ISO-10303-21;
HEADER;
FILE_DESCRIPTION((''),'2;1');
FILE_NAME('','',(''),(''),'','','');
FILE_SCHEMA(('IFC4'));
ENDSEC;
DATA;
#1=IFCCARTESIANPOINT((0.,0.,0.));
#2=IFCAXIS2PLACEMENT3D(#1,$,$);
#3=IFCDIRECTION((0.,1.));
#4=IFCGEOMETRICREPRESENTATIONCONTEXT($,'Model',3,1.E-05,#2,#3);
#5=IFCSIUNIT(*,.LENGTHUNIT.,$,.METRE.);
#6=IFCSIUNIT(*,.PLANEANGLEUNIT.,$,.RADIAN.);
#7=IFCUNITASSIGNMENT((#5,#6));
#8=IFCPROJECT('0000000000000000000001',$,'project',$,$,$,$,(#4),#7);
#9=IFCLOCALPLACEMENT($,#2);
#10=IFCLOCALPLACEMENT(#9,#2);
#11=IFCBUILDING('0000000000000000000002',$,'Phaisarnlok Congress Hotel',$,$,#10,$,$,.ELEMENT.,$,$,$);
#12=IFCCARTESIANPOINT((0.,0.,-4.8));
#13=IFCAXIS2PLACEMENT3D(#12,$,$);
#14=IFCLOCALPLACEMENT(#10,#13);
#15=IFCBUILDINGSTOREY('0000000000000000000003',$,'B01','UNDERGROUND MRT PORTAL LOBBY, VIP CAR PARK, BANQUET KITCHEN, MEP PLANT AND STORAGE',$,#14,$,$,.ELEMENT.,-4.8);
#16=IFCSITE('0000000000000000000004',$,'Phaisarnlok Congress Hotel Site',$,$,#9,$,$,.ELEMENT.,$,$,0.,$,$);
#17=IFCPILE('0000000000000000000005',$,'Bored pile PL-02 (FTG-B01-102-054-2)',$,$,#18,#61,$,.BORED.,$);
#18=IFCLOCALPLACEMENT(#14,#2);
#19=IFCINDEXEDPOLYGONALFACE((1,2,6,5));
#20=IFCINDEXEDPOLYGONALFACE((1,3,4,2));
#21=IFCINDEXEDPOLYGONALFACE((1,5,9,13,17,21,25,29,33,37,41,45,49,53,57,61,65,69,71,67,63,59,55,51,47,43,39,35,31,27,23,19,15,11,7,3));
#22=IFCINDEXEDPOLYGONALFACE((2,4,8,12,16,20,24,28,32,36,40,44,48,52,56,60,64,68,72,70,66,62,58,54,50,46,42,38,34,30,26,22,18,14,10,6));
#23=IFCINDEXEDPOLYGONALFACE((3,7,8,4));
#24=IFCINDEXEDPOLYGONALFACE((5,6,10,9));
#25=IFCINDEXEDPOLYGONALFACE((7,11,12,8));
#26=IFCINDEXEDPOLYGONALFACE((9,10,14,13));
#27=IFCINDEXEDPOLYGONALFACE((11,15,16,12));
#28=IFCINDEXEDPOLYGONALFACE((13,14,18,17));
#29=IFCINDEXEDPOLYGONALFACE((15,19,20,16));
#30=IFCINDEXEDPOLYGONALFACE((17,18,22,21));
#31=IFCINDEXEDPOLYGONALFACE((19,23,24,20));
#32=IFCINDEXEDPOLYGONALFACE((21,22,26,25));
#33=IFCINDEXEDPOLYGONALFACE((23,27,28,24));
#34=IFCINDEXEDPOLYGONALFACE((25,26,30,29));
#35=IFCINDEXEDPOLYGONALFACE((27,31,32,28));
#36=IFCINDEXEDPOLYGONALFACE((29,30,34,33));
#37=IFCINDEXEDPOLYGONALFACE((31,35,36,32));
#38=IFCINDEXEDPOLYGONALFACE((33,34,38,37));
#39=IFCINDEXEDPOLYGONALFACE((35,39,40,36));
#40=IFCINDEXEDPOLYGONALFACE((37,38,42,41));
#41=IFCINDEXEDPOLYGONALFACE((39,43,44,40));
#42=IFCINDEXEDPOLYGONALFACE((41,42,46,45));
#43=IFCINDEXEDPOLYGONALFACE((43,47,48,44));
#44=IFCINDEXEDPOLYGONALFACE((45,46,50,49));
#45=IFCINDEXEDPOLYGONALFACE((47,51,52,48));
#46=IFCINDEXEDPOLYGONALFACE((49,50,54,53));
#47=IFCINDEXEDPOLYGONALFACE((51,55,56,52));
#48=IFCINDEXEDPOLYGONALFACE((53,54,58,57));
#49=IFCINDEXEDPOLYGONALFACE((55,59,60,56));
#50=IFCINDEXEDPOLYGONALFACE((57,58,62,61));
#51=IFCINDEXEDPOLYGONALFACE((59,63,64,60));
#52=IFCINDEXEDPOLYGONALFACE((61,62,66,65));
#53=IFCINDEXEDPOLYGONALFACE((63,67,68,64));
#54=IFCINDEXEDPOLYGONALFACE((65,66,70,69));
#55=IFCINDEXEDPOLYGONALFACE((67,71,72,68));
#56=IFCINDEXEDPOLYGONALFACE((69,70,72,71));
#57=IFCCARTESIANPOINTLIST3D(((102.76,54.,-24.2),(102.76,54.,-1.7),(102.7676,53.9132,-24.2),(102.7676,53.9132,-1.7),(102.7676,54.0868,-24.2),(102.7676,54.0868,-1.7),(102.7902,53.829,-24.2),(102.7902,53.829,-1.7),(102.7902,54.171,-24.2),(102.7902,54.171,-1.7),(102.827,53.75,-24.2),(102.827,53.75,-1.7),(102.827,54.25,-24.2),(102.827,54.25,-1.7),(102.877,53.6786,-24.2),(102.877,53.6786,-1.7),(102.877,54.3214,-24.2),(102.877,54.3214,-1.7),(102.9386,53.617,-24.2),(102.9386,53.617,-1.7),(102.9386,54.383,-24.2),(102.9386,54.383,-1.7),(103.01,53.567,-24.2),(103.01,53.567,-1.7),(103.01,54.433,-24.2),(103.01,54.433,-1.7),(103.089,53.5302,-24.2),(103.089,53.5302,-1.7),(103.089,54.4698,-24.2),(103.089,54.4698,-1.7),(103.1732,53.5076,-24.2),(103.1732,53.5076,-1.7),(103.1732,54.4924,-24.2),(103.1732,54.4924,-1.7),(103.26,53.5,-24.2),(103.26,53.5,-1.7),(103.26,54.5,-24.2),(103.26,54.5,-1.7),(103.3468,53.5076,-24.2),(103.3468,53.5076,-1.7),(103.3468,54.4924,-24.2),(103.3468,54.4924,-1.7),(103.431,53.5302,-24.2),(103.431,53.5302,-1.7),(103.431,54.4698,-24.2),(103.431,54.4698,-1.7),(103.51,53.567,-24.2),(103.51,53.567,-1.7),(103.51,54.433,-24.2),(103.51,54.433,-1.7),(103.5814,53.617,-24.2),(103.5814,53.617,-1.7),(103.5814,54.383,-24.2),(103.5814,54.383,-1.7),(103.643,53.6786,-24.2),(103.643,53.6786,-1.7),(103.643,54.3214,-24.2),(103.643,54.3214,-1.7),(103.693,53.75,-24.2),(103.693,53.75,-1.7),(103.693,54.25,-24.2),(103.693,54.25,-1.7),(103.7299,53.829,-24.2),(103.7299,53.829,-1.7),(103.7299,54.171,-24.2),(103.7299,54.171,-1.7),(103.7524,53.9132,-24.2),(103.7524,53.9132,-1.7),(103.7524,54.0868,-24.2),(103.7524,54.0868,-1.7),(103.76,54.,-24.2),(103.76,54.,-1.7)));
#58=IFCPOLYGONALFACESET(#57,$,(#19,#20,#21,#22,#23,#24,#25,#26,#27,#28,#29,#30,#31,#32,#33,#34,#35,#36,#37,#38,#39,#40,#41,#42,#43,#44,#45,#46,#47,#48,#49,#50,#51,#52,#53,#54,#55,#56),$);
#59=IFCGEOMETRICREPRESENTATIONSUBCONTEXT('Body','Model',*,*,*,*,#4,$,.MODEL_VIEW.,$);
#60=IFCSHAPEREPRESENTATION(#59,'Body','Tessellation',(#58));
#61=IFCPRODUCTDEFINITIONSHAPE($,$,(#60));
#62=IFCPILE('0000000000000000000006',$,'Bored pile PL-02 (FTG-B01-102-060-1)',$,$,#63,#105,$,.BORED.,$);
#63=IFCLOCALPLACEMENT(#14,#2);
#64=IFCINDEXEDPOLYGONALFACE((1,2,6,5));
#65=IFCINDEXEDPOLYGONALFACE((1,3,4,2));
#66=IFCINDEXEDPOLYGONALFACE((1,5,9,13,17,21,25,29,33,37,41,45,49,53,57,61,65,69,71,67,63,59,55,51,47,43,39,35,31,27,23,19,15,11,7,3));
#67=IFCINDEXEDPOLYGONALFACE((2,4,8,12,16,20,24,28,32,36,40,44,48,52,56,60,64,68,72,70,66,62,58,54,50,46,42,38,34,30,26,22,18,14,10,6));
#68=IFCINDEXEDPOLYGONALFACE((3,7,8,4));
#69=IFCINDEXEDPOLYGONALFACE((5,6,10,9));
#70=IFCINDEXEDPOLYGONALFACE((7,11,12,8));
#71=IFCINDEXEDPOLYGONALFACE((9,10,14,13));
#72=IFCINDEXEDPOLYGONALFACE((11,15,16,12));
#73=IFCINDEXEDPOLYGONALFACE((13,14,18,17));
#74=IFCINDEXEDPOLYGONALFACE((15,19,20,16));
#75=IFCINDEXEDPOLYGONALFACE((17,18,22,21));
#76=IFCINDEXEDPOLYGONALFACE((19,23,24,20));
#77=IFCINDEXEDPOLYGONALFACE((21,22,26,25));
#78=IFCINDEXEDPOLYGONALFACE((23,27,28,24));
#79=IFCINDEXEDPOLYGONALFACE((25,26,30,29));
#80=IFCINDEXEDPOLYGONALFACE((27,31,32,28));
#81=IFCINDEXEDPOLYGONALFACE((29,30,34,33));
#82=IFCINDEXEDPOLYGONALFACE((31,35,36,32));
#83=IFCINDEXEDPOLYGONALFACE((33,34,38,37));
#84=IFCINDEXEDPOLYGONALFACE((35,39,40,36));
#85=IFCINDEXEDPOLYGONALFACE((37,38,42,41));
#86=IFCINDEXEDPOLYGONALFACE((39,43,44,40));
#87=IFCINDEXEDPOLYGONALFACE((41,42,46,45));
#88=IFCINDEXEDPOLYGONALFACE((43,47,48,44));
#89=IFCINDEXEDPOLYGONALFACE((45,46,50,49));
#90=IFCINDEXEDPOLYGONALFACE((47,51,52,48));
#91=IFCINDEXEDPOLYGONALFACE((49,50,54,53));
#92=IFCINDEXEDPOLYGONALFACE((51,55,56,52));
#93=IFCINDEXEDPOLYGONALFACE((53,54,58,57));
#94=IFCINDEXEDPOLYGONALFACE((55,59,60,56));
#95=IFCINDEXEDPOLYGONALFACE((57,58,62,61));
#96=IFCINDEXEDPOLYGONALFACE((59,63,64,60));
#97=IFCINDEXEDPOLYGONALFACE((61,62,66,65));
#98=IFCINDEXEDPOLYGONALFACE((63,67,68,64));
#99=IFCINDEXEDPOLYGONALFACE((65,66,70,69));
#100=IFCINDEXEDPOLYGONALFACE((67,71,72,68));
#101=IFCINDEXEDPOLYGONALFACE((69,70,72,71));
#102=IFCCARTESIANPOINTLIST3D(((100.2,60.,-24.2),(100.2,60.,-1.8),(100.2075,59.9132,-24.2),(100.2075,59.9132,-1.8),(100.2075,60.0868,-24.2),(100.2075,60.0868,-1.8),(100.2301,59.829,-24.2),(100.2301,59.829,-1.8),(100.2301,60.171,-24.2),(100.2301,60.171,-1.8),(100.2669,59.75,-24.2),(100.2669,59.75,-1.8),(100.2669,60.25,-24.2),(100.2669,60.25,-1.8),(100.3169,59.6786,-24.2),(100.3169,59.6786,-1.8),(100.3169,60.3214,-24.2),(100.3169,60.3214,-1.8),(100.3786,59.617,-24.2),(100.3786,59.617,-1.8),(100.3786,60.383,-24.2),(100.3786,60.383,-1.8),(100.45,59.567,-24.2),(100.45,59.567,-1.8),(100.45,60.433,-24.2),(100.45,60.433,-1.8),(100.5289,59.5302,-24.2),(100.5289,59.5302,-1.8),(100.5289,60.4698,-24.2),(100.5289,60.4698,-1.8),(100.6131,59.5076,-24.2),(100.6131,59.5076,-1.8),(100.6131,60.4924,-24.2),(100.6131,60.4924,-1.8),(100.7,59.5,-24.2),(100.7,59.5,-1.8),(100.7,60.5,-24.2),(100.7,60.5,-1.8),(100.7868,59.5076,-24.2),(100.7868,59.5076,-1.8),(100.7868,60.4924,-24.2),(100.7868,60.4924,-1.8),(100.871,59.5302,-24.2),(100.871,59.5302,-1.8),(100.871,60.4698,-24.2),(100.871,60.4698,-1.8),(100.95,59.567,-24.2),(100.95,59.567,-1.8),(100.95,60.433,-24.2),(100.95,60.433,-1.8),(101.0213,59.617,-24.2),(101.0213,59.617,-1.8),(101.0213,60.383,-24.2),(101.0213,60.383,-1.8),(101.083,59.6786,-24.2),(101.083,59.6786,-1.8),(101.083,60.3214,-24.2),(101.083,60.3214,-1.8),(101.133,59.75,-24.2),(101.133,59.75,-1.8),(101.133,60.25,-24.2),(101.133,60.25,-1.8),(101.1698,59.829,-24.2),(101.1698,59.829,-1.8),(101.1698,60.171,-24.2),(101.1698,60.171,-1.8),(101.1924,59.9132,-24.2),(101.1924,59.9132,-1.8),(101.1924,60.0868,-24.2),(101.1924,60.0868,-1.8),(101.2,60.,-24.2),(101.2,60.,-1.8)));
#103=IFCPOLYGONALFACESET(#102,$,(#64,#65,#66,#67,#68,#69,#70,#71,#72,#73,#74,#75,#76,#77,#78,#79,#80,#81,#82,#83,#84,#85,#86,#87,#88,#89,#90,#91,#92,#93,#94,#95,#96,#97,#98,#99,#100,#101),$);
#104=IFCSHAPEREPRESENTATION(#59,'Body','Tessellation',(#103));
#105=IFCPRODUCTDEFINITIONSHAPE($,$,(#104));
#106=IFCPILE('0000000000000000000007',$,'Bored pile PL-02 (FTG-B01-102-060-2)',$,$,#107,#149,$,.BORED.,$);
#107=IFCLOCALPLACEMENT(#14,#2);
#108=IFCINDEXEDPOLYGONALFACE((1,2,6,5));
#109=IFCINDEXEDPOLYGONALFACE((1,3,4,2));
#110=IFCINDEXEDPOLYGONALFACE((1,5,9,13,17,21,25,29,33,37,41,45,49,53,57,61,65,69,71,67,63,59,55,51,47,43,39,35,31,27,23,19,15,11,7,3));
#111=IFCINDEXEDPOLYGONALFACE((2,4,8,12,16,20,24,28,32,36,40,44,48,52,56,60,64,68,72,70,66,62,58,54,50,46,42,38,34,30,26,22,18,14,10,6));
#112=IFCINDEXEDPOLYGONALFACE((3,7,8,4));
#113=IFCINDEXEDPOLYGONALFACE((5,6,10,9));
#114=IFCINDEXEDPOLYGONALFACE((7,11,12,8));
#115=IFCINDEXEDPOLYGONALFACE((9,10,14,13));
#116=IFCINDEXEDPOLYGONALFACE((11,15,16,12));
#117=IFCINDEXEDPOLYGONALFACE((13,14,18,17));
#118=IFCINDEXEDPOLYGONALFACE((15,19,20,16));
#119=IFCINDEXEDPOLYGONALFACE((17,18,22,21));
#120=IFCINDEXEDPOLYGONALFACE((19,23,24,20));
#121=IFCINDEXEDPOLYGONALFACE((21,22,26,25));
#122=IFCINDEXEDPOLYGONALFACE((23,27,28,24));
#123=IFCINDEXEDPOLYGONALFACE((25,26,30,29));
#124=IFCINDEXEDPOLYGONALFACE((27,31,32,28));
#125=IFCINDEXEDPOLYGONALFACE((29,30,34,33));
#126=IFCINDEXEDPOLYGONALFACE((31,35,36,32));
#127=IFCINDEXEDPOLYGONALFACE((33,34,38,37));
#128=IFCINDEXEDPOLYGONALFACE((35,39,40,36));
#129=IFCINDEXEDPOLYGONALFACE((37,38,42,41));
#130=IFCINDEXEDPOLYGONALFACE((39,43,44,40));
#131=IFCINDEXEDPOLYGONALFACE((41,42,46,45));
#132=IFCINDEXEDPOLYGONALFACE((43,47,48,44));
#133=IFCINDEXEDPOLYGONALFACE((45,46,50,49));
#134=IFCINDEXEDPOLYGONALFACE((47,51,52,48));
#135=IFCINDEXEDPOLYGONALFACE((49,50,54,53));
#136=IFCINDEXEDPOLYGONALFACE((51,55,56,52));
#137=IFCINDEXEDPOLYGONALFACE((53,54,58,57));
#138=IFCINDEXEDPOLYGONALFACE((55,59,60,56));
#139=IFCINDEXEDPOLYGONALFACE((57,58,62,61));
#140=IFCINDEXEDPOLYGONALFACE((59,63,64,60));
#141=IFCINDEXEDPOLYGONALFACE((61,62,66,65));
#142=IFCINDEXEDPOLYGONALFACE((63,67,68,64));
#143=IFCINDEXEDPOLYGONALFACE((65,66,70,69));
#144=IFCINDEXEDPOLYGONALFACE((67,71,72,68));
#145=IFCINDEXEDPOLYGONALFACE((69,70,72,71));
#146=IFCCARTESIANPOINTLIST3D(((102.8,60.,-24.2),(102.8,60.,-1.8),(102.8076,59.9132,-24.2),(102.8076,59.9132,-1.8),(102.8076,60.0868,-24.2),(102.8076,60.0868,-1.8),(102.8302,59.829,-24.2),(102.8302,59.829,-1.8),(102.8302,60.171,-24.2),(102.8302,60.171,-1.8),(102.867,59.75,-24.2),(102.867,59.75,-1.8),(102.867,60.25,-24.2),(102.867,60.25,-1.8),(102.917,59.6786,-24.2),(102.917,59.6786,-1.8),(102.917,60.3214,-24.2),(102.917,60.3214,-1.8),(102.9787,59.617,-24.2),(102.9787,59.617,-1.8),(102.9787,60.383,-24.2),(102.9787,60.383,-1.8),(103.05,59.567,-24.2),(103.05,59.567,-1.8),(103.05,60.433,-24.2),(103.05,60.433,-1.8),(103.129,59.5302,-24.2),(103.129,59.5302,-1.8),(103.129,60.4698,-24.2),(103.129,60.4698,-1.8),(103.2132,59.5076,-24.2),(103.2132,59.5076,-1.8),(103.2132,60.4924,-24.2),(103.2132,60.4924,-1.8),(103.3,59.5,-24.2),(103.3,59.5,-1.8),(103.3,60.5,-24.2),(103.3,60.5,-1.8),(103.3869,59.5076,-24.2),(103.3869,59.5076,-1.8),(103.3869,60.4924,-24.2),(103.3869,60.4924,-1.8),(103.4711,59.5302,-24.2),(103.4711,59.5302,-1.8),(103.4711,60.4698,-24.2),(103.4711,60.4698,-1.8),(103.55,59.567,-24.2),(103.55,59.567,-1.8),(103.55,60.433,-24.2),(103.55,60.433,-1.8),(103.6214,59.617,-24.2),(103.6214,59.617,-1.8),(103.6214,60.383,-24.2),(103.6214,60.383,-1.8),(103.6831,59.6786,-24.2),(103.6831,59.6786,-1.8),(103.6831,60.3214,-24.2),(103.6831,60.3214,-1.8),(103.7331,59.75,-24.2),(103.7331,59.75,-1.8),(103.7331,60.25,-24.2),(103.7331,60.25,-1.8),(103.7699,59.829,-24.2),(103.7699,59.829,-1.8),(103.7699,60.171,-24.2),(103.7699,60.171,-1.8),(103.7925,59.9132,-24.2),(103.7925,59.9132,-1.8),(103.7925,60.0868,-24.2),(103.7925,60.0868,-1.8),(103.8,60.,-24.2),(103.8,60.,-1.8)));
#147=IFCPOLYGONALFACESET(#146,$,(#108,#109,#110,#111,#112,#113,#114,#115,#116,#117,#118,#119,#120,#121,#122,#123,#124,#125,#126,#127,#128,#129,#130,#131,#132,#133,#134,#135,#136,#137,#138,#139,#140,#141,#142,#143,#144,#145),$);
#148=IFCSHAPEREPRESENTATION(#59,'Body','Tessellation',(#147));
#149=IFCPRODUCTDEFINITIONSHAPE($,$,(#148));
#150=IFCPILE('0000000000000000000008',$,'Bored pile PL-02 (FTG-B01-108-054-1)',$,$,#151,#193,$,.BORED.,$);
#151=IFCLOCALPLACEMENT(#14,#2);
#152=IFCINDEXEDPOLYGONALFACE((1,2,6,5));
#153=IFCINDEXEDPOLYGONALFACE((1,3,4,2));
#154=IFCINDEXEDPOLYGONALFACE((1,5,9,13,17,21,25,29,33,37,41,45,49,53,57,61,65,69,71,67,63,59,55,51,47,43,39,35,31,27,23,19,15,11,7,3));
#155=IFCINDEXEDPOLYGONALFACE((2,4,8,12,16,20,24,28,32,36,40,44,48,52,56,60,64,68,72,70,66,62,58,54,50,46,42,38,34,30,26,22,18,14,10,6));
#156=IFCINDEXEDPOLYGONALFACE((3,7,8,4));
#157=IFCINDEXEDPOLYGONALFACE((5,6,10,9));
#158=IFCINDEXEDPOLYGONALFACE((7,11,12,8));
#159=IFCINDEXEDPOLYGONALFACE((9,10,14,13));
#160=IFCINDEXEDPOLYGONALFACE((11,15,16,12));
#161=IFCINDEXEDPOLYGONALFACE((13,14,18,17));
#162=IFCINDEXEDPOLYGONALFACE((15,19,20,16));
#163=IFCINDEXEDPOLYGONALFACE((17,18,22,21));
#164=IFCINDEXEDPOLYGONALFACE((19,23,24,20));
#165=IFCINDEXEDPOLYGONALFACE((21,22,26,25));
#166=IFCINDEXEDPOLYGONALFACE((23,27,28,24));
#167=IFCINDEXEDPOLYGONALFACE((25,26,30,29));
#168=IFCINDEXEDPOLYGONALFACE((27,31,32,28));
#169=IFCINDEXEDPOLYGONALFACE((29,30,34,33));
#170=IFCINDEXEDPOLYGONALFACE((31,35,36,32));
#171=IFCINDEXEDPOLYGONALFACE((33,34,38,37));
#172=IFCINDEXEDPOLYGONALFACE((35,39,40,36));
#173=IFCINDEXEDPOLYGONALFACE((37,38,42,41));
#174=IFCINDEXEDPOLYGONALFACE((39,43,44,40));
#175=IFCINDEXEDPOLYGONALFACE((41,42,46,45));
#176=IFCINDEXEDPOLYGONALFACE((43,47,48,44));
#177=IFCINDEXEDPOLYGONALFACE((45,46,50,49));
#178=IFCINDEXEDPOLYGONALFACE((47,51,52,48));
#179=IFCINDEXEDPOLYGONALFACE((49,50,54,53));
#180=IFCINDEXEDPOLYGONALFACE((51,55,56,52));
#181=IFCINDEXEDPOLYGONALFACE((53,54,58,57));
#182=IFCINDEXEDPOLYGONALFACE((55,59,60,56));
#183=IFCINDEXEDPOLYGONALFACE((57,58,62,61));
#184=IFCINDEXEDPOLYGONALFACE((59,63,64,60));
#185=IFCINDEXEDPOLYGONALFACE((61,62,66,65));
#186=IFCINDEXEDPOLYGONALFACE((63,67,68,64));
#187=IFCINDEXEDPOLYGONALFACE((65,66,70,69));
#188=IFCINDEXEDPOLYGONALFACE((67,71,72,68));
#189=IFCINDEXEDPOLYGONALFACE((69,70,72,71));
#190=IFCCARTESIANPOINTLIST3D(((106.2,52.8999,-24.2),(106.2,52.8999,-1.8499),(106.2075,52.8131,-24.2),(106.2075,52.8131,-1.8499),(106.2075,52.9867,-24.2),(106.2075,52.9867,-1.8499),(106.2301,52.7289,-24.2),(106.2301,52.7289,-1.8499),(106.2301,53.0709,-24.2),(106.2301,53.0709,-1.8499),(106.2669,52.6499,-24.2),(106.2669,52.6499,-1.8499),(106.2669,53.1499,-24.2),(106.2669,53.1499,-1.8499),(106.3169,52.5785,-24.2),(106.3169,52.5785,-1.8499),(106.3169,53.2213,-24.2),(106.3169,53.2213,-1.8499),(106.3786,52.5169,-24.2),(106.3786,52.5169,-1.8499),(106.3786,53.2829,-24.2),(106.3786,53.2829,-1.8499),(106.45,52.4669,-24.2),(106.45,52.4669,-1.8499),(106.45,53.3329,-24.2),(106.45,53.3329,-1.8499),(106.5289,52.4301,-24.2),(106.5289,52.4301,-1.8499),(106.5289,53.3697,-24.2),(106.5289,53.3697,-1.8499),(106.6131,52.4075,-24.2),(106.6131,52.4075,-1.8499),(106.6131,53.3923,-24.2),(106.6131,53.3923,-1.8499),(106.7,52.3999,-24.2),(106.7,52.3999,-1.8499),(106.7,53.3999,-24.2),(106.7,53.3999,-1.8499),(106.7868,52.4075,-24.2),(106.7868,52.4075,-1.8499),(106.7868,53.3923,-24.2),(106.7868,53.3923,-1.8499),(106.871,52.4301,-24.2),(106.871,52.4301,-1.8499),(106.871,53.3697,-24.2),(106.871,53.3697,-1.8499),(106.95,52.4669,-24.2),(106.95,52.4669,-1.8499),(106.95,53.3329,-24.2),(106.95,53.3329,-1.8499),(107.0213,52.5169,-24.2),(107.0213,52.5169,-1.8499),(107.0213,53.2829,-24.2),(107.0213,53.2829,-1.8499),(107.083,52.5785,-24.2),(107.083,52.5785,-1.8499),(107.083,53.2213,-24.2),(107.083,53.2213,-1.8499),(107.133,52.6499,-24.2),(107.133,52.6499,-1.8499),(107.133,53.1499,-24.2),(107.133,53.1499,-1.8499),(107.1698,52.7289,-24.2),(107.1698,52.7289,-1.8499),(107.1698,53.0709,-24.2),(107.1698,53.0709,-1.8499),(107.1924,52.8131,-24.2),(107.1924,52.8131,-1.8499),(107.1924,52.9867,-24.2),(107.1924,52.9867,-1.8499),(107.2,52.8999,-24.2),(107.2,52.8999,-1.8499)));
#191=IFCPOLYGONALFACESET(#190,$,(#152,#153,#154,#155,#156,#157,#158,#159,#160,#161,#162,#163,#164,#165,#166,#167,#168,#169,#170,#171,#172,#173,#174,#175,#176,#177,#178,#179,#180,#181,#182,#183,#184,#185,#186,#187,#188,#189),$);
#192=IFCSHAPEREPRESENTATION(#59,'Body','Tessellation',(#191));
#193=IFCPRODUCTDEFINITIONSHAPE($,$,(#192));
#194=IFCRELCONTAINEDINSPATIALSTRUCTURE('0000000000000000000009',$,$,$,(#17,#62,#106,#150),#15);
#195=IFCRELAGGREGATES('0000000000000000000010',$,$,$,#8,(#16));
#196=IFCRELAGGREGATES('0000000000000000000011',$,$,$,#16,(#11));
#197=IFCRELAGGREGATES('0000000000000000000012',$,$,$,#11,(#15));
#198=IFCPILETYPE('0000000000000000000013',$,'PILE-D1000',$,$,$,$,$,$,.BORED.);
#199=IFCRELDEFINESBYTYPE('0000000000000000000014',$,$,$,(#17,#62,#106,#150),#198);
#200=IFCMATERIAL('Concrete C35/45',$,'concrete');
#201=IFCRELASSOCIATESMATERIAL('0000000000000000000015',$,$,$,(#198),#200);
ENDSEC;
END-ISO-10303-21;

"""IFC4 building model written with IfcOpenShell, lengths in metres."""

from ifc_helpers import new_model, si_unit, direction, frame, origin, origin_2d, place, context, subcontext, project, spatial, circle, extrude, material, material_profile, profile_set, type_object, element, save


model = new_model("IFC4")

# Units and contexts
model_context = context("Model", 3, precision=1e-05, world=origin(), true_north=direction((0.0, 1.0)))
body_context = subcontext(model_context, "Body", "Model", "MODEL_VIEW")
ifc_project = project(units=[si_unit("LENGTHUNIT", "METRE"), si_unit("PLANEANGLEUNIT", "RADIAN")], contexts=[model_context])

# Site, building, storey
site_placement = place(None, origin())
site = spatial("IfcSite", under=ifc_project, at=site_placement, Name="Phaisarnlok Congress Hotel Site", CompositionType="ELEMENT", RefElevation=0.0)
building_placement = place(site_placement, origin())
building = spatial("IfcBuilding", under=site, at=building_placement, Name="Phaisarnlok Congress Hotel", CompositionType="ELEMENT")
storey_placement = place(building_placement, frame((0.0, 0.0, -4.8)))
storey = spatial("IfcBuildingStorey", under=building, at=storey_placement, Name="B01", Description="UNDERGROUND MRT PORTAL LOBBY, VIP CAR PARK, BANQUET KITCHEN, MEP PLANT AND STORAGE", CompositionType="ELEMENT", Elevation=-4.8)

# Piles
ifc_material_1 = material(Name="Concrete C35/45", Category="concrete")
ifc_material_profile_1 = material_profile(ifc_material_1, circle(Radius=0.5, at=origin_2d()), Name="BORED PILE D1000")
ifc_profile_set_1 = profile_set([ifc_material_profile_1], Name="Concrete C35/45")
pile_type_1 = type_object("IfcPileType", Name="PILE-D1000", PredefinedType="BORED", material=ifc_profile_set_1)
for number, where, z_axis, x_axis, name in (
    (1, (103.26, 54.0, -1.7), (0.0, 0.0, -1.0), (1.0, 0.0, 0.0), "Bored pile PL-02 (FTG-B01-102-054-2)"),
):
    element("IfcPile", number, at=place(storey_placement, frame(where, z_axis=z_axis, x_axis=x_axis)), inside=storey, type_object=pile_type_1, Name=name, PredefinedType="BORED", context=body_context, shape_type="SweptSolid", body=[
        extrude(circle(Radius=0.5, at=origin_2d()), origin(), (0.0, 0.0, 1.0), 22.5),
    ])
for number, where, z_axis, x_axis, name in (
    (2, (100.7, 60.0, -1.8), (0.0, 0.0, -1.0), (1.0, 0.0, 0.0), "Bored pile PL-02 (FTG-B01-102-060-1)"),
    (3, (103.3, 60.0, -1.8), (0.0, 0.0, -1.0), (1.0, 0.0, 0.0), "Bored pile PL-02 (FTG-B01-102-060-2)"),
):
    element("IfcPile", number, at=place(storey_placement, frame(where, z_axis=z_axis, x_axis=x_axis)), inside=storey, type_object=pile_type_1, Name=name, PredefinedType="BORED", context=body_context, shape_type="SweptSolid", body=[
        extrude(circle(Radius=0.5, at=origin_2d()), origin(), (0.0, 0.0, 1.0), 22.3999),
    ])
pile_placement = place(storey_placement, frame((106.7, 52.8999, -1.8499), z_axis=(0.0, 0.0, -1.0), x_axis=(1.0, 0.0, 0.0)))
element("IfcPile", 4, at=pile_placement, inside=storey, type_object=pile_type_1, Name="Bored pile PL-02 (FTG-B01-108-054-1)", PredefinedType="BORED", context=body_context, shape_type="SweptSolid", body=[
    extrude(circle(Radius=0.5, at=origin_2d()), origin(), (0.0, 0.0, 1.0), 22.3501),
])

save(model, "model.ifc")
